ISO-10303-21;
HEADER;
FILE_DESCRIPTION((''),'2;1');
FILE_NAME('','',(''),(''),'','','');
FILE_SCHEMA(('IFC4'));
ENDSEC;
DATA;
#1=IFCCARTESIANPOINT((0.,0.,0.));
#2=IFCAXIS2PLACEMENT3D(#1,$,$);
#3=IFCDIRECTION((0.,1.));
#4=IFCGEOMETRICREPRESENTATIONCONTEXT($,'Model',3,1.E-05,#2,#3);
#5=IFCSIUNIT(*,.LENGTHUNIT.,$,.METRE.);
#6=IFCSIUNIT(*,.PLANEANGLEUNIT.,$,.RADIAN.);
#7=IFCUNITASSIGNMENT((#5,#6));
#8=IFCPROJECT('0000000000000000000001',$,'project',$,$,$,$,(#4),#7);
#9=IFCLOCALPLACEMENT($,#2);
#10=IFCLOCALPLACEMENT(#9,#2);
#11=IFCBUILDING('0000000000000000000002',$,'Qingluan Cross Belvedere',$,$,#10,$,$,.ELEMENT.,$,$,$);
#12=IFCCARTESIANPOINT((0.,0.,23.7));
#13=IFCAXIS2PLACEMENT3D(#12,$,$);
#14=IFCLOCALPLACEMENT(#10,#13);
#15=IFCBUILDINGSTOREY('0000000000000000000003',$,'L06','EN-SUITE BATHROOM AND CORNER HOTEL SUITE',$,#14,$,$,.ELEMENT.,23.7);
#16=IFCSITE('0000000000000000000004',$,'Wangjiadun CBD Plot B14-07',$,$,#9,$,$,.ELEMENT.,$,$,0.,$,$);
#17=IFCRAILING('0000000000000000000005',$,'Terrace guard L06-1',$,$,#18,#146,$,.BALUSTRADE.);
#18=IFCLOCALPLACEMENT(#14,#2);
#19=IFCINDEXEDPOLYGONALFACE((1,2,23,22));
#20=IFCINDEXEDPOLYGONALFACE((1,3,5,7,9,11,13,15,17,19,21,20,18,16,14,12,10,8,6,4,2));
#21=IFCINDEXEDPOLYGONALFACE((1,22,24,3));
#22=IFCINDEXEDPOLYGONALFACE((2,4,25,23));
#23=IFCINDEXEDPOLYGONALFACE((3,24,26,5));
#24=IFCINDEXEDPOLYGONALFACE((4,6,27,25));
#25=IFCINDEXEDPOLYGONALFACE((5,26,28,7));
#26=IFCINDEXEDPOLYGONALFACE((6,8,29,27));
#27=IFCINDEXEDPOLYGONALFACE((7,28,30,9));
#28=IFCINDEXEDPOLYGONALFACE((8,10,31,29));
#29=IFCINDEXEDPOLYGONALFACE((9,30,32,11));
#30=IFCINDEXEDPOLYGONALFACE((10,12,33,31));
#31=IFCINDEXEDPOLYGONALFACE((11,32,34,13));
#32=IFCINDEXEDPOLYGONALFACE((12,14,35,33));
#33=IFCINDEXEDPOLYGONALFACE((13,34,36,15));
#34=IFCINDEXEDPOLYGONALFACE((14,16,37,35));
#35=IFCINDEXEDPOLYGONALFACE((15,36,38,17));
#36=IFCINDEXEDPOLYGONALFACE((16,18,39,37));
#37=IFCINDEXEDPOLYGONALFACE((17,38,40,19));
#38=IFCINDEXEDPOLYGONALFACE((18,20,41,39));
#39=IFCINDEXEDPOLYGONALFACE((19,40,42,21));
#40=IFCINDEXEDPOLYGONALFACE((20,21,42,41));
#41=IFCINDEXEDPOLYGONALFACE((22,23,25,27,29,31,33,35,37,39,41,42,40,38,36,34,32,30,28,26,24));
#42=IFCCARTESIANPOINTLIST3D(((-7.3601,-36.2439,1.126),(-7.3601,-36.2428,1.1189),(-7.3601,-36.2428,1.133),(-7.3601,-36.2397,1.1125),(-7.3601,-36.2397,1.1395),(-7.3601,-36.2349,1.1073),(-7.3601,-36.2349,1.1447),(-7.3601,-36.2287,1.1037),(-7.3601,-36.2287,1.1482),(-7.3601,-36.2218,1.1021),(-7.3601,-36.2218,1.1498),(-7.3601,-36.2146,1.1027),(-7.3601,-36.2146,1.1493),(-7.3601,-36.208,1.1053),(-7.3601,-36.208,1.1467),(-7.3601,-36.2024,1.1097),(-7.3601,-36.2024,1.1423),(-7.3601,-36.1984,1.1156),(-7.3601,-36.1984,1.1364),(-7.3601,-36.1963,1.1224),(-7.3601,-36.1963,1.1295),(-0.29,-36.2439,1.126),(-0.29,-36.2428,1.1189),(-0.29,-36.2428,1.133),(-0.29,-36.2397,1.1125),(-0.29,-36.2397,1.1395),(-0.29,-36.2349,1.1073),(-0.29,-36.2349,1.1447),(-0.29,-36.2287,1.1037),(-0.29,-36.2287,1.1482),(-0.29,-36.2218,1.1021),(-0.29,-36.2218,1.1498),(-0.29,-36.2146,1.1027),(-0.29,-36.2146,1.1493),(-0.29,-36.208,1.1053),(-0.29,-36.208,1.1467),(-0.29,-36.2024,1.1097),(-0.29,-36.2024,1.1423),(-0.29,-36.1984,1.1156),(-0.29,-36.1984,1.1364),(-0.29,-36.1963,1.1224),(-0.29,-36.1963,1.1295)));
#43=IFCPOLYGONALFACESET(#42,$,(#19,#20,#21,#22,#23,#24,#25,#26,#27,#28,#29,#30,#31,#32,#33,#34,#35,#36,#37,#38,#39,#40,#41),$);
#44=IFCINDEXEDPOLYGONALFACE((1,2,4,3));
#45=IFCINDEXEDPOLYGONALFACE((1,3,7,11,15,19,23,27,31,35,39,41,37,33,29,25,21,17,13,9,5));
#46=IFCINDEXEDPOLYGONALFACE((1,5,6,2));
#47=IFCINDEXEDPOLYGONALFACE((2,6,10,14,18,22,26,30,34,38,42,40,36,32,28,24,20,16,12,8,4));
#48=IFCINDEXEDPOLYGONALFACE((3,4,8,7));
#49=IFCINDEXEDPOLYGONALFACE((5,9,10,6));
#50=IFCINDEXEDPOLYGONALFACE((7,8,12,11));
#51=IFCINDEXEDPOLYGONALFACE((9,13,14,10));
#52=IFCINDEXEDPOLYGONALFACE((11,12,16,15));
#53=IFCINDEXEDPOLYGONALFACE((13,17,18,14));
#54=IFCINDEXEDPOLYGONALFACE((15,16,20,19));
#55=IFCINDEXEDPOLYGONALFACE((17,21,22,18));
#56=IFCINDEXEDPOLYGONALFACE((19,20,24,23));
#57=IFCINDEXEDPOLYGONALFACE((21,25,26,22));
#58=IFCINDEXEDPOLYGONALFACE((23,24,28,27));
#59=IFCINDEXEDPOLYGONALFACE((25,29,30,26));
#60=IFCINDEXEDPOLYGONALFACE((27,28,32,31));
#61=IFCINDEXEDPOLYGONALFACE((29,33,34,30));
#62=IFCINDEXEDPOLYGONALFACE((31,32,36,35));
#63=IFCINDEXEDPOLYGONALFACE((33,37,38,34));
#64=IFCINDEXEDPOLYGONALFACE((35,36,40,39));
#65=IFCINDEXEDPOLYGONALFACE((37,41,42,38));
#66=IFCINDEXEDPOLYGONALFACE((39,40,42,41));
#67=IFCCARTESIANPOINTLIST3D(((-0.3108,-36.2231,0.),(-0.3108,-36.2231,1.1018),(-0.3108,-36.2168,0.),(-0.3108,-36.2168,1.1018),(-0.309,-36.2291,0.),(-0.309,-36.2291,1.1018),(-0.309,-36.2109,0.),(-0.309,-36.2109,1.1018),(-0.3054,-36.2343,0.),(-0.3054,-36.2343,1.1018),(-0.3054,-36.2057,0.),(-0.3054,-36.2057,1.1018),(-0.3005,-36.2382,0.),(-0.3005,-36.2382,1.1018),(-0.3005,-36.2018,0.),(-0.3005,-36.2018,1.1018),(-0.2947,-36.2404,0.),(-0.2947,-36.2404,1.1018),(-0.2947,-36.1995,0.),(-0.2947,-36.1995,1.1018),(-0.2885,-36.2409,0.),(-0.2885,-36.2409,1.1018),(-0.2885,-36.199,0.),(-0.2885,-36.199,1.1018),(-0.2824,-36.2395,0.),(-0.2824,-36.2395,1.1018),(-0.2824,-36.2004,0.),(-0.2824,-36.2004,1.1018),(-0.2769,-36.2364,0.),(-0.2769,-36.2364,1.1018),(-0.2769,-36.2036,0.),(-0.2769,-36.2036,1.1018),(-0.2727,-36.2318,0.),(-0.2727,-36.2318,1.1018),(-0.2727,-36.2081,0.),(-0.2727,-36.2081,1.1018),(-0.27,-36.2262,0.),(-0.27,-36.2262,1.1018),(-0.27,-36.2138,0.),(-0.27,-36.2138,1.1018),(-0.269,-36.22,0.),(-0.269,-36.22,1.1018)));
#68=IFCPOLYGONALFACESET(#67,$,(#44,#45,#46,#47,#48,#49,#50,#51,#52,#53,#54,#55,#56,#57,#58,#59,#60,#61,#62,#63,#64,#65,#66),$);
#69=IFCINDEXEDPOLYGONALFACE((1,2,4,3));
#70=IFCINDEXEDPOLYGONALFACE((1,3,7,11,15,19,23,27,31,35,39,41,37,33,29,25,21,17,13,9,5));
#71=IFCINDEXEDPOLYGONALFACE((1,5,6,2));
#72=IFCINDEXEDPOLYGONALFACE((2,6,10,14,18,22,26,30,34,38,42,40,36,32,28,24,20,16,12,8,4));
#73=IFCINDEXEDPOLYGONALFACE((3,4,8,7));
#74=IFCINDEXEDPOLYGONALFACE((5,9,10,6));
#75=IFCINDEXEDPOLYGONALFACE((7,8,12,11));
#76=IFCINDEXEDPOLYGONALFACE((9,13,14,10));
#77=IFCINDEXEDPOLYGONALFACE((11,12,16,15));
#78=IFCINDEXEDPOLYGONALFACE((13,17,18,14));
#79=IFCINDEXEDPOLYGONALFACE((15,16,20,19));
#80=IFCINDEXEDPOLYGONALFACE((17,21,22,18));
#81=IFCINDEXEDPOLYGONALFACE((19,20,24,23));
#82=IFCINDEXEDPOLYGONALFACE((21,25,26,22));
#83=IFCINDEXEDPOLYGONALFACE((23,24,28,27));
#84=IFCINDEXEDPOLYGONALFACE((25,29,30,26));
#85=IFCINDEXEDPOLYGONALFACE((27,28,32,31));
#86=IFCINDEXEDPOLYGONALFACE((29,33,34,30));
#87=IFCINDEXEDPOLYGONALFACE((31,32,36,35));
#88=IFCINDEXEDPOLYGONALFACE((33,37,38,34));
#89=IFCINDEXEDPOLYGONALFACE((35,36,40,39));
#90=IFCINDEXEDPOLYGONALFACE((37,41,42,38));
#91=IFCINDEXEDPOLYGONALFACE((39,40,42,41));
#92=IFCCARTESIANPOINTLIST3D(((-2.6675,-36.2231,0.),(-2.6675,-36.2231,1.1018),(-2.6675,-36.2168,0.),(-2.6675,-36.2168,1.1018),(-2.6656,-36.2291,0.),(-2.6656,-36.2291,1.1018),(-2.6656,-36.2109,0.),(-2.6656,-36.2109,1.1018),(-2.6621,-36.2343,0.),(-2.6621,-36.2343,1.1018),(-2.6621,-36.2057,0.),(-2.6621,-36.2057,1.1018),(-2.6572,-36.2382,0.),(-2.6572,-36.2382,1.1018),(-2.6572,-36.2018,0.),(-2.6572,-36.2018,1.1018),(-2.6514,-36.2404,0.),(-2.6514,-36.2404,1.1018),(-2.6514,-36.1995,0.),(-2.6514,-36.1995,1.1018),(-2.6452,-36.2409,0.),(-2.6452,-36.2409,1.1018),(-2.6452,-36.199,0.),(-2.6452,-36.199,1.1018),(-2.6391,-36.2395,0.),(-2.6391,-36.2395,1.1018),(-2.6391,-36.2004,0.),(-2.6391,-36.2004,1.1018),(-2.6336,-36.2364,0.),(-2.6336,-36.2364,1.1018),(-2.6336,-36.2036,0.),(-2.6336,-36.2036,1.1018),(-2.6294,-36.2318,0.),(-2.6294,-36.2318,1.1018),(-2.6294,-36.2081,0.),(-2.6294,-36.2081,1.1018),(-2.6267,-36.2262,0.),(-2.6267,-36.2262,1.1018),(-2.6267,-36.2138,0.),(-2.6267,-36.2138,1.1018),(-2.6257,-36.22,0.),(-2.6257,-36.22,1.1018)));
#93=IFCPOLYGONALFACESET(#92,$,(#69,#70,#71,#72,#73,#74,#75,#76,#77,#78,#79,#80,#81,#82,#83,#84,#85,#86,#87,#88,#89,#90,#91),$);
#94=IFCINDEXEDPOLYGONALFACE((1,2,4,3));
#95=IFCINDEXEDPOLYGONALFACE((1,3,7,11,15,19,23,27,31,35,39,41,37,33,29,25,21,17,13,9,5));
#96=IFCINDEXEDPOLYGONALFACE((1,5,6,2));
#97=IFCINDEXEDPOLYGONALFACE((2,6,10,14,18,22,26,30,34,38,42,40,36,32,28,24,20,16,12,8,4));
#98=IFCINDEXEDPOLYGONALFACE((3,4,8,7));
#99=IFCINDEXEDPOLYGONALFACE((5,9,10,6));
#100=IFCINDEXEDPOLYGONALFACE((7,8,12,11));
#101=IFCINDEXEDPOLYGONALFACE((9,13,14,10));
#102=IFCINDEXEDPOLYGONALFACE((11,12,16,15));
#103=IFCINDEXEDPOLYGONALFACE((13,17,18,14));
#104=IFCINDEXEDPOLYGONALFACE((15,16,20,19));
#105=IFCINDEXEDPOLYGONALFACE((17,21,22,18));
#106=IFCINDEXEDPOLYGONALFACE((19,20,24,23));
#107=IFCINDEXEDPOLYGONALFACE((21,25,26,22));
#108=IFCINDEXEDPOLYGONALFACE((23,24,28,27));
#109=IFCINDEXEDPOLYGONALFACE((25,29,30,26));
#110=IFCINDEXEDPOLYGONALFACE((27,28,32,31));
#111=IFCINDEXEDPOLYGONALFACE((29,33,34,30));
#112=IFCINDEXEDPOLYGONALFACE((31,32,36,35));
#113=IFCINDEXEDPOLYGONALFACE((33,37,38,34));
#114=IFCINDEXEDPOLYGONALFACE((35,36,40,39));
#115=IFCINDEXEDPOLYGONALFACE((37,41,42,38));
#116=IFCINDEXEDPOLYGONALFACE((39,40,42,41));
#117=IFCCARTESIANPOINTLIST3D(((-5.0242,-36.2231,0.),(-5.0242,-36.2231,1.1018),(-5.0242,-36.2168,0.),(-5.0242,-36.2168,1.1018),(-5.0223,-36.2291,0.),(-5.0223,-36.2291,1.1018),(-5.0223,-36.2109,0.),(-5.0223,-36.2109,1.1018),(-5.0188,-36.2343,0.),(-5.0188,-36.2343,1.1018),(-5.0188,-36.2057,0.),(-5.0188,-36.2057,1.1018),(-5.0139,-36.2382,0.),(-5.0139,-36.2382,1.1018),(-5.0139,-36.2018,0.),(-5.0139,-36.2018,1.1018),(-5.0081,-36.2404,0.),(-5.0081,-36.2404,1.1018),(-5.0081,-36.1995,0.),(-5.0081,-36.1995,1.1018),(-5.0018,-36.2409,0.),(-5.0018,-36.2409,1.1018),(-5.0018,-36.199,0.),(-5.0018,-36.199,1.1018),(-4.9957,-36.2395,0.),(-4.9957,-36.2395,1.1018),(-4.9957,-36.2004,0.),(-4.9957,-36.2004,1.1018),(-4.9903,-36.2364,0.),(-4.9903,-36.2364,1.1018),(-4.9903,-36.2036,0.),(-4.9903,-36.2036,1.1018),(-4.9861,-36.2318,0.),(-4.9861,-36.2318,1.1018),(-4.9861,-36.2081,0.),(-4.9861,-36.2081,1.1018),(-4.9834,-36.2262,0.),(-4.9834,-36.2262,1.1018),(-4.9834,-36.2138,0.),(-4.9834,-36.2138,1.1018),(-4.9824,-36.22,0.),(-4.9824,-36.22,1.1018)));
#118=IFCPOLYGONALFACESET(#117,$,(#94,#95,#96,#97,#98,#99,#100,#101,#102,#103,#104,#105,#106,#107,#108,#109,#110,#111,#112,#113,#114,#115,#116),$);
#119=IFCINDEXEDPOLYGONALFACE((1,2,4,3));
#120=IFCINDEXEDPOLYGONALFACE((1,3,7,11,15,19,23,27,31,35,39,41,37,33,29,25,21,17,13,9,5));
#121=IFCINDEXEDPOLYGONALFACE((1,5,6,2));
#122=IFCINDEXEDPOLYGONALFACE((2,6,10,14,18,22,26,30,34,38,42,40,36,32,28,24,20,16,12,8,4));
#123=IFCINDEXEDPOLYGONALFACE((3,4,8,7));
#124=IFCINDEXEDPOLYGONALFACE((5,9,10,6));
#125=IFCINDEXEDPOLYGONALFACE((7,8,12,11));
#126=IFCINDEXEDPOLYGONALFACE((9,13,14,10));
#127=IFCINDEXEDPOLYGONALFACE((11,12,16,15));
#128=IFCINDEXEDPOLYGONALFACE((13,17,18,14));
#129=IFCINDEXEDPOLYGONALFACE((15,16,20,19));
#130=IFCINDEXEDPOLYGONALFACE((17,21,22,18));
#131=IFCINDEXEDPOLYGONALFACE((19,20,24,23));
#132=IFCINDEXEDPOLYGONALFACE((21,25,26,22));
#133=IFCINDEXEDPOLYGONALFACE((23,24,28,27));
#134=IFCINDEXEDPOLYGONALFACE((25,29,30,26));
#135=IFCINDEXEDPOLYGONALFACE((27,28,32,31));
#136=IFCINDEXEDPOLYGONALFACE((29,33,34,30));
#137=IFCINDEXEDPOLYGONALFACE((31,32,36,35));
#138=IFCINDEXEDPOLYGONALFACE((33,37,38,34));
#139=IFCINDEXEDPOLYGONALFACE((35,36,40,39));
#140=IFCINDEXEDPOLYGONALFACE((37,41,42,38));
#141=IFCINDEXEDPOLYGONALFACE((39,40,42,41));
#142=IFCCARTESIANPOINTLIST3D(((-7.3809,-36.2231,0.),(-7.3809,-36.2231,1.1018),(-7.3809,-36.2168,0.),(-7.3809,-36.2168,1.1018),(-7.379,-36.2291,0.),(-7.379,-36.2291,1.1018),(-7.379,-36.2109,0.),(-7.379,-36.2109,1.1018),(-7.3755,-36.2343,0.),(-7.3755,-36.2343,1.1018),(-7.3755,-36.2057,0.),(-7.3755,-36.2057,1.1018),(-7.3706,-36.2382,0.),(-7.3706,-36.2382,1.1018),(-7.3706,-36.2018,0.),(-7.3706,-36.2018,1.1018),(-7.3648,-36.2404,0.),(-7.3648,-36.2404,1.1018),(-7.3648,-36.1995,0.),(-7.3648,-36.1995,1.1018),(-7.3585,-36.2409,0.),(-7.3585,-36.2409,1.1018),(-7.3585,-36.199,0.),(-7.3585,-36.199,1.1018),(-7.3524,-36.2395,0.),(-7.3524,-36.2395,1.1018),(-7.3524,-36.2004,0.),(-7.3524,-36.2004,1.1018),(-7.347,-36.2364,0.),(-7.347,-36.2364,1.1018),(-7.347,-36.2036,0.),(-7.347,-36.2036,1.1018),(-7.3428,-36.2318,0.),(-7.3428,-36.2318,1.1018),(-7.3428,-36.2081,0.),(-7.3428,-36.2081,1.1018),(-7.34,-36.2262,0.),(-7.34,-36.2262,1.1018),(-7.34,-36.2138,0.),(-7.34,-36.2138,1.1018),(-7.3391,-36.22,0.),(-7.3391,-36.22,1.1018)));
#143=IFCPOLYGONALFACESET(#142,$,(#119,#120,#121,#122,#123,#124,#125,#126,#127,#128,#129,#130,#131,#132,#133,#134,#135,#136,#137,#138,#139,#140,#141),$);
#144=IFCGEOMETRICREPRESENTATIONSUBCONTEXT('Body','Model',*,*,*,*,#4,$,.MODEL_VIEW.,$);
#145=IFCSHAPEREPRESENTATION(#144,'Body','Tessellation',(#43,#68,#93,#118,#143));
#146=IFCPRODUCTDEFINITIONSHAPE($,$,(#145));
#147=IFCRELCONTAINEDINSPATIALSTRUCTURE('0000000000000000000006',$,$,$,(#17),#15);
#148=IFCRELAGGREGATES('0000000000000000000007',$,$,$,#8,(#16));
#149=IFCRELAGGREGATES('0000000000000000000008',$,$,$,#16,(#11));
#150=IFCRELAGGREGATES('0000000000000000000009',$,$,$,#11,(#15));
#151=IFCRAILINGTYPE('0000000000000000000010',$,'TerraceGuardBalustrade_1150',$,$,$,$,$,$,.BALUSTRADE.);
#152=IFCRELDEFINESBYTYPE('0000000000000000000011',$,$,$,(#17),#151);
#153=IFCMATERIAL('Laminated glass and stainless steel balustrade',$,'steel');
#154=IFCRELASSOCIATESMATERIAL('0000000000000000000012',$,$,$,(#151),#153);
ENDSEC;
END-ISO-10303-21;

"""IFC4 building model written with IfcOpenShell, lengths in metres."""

from ifc_helpers import new_model, si_unit, direction, frame, origin, origin_2d, place, context, subcontext, project, spatial, circle, extrude, material, type_object, element, save


model = new_model("IFC4")

# Units and contexts
model_context = context("Model", 3, precision=1e-05, world=origin(), true_north=direction((0.0, 1.0)))
body_context = subcontext(model_context, "Body", "Model", "MODEL_VIEW")
ifc_project = project(units=[si_unit("LENGTHUNIT", "METRE"), si_unit("PLANEANGLEUNIT", "RADIAN")], contexts=[model_context])

# Site, building, storey
site_placement = place(None, origin())
site = spatial("IfcSite", under=ifc_project, at=site_placement, Name="Wangjiadun CBD Plot B14-07", CompositionType="ELEMENT", RefElevation=0.0)
building_placement = place(site_placement, origin())
building = spatial("IfcBuilding", under=site, at=building_placement, Name="Qingluan Cross Belvedere", CompositionType="ELEMENT")
storey_placement = place(building_placement, frame((0.0, 0.0, 23.7)))
storey = spatial("IfcBuildingStorey", under=building, at=storey_placement, Name="L06", Description="EN-SUITE BATHROOM AND CORNER HOTEL SUITE", CompositionType="ELEMENT", Elevation=23.7)

# Railing
ifc_material_1 = material(Name="Laminated glass and stainless steel balustrade", Category="steel")
railing_type = type_object("IfcRailingType", Name="TerraceGuardBalustrade_1150", PredefinedType="BALUSTRADE", material=ifc_material_1)
railing_1_placement = place(storey_placement, frame((-0.29, -36.22, 0.0)))
element("IfcRailing", 1, at=railing_1_placement, inside=storey, type_object=railing_type, Name="Terrace guard L06-1", PredefinedType="BALUSTRADE", context=body_context, shape_type="SweptSolid", body=[
    extrude(circle(Radius=0.0239, at=origin_2d()), frame((0.0, 0.0, 1.126), z_axis=(-1.0, 0.0, 0.0), x_axis=(0.0, -1.0, 0.0)), (0.0, 0.0, 1.0), 7.0701),
    extrude(circle(Radius=0.021, at=origin_2d()), origin(), (0.0, 0.0, 1.0), 1.1018),
    extrude(circle(Radius=0.021, at=origin_2d()), frame((-2.3567, 0.0, 0.0)), (0.0, 0.0, 1.0), 1.1018),
    extrude(circle(Radius=0.021, at=origin_2d()), frame((-4.7134, 0.0, 0.0)), (0.0, 0.0, 1.0), 1.1018),
    extrude(circle(Radius=0.021, at=origin_2d()), frame((-7.0701, 0.0, 0.0)), (0.0, 0.0, 1.0), 1.1018),
])

save(model, "model.ifc")
